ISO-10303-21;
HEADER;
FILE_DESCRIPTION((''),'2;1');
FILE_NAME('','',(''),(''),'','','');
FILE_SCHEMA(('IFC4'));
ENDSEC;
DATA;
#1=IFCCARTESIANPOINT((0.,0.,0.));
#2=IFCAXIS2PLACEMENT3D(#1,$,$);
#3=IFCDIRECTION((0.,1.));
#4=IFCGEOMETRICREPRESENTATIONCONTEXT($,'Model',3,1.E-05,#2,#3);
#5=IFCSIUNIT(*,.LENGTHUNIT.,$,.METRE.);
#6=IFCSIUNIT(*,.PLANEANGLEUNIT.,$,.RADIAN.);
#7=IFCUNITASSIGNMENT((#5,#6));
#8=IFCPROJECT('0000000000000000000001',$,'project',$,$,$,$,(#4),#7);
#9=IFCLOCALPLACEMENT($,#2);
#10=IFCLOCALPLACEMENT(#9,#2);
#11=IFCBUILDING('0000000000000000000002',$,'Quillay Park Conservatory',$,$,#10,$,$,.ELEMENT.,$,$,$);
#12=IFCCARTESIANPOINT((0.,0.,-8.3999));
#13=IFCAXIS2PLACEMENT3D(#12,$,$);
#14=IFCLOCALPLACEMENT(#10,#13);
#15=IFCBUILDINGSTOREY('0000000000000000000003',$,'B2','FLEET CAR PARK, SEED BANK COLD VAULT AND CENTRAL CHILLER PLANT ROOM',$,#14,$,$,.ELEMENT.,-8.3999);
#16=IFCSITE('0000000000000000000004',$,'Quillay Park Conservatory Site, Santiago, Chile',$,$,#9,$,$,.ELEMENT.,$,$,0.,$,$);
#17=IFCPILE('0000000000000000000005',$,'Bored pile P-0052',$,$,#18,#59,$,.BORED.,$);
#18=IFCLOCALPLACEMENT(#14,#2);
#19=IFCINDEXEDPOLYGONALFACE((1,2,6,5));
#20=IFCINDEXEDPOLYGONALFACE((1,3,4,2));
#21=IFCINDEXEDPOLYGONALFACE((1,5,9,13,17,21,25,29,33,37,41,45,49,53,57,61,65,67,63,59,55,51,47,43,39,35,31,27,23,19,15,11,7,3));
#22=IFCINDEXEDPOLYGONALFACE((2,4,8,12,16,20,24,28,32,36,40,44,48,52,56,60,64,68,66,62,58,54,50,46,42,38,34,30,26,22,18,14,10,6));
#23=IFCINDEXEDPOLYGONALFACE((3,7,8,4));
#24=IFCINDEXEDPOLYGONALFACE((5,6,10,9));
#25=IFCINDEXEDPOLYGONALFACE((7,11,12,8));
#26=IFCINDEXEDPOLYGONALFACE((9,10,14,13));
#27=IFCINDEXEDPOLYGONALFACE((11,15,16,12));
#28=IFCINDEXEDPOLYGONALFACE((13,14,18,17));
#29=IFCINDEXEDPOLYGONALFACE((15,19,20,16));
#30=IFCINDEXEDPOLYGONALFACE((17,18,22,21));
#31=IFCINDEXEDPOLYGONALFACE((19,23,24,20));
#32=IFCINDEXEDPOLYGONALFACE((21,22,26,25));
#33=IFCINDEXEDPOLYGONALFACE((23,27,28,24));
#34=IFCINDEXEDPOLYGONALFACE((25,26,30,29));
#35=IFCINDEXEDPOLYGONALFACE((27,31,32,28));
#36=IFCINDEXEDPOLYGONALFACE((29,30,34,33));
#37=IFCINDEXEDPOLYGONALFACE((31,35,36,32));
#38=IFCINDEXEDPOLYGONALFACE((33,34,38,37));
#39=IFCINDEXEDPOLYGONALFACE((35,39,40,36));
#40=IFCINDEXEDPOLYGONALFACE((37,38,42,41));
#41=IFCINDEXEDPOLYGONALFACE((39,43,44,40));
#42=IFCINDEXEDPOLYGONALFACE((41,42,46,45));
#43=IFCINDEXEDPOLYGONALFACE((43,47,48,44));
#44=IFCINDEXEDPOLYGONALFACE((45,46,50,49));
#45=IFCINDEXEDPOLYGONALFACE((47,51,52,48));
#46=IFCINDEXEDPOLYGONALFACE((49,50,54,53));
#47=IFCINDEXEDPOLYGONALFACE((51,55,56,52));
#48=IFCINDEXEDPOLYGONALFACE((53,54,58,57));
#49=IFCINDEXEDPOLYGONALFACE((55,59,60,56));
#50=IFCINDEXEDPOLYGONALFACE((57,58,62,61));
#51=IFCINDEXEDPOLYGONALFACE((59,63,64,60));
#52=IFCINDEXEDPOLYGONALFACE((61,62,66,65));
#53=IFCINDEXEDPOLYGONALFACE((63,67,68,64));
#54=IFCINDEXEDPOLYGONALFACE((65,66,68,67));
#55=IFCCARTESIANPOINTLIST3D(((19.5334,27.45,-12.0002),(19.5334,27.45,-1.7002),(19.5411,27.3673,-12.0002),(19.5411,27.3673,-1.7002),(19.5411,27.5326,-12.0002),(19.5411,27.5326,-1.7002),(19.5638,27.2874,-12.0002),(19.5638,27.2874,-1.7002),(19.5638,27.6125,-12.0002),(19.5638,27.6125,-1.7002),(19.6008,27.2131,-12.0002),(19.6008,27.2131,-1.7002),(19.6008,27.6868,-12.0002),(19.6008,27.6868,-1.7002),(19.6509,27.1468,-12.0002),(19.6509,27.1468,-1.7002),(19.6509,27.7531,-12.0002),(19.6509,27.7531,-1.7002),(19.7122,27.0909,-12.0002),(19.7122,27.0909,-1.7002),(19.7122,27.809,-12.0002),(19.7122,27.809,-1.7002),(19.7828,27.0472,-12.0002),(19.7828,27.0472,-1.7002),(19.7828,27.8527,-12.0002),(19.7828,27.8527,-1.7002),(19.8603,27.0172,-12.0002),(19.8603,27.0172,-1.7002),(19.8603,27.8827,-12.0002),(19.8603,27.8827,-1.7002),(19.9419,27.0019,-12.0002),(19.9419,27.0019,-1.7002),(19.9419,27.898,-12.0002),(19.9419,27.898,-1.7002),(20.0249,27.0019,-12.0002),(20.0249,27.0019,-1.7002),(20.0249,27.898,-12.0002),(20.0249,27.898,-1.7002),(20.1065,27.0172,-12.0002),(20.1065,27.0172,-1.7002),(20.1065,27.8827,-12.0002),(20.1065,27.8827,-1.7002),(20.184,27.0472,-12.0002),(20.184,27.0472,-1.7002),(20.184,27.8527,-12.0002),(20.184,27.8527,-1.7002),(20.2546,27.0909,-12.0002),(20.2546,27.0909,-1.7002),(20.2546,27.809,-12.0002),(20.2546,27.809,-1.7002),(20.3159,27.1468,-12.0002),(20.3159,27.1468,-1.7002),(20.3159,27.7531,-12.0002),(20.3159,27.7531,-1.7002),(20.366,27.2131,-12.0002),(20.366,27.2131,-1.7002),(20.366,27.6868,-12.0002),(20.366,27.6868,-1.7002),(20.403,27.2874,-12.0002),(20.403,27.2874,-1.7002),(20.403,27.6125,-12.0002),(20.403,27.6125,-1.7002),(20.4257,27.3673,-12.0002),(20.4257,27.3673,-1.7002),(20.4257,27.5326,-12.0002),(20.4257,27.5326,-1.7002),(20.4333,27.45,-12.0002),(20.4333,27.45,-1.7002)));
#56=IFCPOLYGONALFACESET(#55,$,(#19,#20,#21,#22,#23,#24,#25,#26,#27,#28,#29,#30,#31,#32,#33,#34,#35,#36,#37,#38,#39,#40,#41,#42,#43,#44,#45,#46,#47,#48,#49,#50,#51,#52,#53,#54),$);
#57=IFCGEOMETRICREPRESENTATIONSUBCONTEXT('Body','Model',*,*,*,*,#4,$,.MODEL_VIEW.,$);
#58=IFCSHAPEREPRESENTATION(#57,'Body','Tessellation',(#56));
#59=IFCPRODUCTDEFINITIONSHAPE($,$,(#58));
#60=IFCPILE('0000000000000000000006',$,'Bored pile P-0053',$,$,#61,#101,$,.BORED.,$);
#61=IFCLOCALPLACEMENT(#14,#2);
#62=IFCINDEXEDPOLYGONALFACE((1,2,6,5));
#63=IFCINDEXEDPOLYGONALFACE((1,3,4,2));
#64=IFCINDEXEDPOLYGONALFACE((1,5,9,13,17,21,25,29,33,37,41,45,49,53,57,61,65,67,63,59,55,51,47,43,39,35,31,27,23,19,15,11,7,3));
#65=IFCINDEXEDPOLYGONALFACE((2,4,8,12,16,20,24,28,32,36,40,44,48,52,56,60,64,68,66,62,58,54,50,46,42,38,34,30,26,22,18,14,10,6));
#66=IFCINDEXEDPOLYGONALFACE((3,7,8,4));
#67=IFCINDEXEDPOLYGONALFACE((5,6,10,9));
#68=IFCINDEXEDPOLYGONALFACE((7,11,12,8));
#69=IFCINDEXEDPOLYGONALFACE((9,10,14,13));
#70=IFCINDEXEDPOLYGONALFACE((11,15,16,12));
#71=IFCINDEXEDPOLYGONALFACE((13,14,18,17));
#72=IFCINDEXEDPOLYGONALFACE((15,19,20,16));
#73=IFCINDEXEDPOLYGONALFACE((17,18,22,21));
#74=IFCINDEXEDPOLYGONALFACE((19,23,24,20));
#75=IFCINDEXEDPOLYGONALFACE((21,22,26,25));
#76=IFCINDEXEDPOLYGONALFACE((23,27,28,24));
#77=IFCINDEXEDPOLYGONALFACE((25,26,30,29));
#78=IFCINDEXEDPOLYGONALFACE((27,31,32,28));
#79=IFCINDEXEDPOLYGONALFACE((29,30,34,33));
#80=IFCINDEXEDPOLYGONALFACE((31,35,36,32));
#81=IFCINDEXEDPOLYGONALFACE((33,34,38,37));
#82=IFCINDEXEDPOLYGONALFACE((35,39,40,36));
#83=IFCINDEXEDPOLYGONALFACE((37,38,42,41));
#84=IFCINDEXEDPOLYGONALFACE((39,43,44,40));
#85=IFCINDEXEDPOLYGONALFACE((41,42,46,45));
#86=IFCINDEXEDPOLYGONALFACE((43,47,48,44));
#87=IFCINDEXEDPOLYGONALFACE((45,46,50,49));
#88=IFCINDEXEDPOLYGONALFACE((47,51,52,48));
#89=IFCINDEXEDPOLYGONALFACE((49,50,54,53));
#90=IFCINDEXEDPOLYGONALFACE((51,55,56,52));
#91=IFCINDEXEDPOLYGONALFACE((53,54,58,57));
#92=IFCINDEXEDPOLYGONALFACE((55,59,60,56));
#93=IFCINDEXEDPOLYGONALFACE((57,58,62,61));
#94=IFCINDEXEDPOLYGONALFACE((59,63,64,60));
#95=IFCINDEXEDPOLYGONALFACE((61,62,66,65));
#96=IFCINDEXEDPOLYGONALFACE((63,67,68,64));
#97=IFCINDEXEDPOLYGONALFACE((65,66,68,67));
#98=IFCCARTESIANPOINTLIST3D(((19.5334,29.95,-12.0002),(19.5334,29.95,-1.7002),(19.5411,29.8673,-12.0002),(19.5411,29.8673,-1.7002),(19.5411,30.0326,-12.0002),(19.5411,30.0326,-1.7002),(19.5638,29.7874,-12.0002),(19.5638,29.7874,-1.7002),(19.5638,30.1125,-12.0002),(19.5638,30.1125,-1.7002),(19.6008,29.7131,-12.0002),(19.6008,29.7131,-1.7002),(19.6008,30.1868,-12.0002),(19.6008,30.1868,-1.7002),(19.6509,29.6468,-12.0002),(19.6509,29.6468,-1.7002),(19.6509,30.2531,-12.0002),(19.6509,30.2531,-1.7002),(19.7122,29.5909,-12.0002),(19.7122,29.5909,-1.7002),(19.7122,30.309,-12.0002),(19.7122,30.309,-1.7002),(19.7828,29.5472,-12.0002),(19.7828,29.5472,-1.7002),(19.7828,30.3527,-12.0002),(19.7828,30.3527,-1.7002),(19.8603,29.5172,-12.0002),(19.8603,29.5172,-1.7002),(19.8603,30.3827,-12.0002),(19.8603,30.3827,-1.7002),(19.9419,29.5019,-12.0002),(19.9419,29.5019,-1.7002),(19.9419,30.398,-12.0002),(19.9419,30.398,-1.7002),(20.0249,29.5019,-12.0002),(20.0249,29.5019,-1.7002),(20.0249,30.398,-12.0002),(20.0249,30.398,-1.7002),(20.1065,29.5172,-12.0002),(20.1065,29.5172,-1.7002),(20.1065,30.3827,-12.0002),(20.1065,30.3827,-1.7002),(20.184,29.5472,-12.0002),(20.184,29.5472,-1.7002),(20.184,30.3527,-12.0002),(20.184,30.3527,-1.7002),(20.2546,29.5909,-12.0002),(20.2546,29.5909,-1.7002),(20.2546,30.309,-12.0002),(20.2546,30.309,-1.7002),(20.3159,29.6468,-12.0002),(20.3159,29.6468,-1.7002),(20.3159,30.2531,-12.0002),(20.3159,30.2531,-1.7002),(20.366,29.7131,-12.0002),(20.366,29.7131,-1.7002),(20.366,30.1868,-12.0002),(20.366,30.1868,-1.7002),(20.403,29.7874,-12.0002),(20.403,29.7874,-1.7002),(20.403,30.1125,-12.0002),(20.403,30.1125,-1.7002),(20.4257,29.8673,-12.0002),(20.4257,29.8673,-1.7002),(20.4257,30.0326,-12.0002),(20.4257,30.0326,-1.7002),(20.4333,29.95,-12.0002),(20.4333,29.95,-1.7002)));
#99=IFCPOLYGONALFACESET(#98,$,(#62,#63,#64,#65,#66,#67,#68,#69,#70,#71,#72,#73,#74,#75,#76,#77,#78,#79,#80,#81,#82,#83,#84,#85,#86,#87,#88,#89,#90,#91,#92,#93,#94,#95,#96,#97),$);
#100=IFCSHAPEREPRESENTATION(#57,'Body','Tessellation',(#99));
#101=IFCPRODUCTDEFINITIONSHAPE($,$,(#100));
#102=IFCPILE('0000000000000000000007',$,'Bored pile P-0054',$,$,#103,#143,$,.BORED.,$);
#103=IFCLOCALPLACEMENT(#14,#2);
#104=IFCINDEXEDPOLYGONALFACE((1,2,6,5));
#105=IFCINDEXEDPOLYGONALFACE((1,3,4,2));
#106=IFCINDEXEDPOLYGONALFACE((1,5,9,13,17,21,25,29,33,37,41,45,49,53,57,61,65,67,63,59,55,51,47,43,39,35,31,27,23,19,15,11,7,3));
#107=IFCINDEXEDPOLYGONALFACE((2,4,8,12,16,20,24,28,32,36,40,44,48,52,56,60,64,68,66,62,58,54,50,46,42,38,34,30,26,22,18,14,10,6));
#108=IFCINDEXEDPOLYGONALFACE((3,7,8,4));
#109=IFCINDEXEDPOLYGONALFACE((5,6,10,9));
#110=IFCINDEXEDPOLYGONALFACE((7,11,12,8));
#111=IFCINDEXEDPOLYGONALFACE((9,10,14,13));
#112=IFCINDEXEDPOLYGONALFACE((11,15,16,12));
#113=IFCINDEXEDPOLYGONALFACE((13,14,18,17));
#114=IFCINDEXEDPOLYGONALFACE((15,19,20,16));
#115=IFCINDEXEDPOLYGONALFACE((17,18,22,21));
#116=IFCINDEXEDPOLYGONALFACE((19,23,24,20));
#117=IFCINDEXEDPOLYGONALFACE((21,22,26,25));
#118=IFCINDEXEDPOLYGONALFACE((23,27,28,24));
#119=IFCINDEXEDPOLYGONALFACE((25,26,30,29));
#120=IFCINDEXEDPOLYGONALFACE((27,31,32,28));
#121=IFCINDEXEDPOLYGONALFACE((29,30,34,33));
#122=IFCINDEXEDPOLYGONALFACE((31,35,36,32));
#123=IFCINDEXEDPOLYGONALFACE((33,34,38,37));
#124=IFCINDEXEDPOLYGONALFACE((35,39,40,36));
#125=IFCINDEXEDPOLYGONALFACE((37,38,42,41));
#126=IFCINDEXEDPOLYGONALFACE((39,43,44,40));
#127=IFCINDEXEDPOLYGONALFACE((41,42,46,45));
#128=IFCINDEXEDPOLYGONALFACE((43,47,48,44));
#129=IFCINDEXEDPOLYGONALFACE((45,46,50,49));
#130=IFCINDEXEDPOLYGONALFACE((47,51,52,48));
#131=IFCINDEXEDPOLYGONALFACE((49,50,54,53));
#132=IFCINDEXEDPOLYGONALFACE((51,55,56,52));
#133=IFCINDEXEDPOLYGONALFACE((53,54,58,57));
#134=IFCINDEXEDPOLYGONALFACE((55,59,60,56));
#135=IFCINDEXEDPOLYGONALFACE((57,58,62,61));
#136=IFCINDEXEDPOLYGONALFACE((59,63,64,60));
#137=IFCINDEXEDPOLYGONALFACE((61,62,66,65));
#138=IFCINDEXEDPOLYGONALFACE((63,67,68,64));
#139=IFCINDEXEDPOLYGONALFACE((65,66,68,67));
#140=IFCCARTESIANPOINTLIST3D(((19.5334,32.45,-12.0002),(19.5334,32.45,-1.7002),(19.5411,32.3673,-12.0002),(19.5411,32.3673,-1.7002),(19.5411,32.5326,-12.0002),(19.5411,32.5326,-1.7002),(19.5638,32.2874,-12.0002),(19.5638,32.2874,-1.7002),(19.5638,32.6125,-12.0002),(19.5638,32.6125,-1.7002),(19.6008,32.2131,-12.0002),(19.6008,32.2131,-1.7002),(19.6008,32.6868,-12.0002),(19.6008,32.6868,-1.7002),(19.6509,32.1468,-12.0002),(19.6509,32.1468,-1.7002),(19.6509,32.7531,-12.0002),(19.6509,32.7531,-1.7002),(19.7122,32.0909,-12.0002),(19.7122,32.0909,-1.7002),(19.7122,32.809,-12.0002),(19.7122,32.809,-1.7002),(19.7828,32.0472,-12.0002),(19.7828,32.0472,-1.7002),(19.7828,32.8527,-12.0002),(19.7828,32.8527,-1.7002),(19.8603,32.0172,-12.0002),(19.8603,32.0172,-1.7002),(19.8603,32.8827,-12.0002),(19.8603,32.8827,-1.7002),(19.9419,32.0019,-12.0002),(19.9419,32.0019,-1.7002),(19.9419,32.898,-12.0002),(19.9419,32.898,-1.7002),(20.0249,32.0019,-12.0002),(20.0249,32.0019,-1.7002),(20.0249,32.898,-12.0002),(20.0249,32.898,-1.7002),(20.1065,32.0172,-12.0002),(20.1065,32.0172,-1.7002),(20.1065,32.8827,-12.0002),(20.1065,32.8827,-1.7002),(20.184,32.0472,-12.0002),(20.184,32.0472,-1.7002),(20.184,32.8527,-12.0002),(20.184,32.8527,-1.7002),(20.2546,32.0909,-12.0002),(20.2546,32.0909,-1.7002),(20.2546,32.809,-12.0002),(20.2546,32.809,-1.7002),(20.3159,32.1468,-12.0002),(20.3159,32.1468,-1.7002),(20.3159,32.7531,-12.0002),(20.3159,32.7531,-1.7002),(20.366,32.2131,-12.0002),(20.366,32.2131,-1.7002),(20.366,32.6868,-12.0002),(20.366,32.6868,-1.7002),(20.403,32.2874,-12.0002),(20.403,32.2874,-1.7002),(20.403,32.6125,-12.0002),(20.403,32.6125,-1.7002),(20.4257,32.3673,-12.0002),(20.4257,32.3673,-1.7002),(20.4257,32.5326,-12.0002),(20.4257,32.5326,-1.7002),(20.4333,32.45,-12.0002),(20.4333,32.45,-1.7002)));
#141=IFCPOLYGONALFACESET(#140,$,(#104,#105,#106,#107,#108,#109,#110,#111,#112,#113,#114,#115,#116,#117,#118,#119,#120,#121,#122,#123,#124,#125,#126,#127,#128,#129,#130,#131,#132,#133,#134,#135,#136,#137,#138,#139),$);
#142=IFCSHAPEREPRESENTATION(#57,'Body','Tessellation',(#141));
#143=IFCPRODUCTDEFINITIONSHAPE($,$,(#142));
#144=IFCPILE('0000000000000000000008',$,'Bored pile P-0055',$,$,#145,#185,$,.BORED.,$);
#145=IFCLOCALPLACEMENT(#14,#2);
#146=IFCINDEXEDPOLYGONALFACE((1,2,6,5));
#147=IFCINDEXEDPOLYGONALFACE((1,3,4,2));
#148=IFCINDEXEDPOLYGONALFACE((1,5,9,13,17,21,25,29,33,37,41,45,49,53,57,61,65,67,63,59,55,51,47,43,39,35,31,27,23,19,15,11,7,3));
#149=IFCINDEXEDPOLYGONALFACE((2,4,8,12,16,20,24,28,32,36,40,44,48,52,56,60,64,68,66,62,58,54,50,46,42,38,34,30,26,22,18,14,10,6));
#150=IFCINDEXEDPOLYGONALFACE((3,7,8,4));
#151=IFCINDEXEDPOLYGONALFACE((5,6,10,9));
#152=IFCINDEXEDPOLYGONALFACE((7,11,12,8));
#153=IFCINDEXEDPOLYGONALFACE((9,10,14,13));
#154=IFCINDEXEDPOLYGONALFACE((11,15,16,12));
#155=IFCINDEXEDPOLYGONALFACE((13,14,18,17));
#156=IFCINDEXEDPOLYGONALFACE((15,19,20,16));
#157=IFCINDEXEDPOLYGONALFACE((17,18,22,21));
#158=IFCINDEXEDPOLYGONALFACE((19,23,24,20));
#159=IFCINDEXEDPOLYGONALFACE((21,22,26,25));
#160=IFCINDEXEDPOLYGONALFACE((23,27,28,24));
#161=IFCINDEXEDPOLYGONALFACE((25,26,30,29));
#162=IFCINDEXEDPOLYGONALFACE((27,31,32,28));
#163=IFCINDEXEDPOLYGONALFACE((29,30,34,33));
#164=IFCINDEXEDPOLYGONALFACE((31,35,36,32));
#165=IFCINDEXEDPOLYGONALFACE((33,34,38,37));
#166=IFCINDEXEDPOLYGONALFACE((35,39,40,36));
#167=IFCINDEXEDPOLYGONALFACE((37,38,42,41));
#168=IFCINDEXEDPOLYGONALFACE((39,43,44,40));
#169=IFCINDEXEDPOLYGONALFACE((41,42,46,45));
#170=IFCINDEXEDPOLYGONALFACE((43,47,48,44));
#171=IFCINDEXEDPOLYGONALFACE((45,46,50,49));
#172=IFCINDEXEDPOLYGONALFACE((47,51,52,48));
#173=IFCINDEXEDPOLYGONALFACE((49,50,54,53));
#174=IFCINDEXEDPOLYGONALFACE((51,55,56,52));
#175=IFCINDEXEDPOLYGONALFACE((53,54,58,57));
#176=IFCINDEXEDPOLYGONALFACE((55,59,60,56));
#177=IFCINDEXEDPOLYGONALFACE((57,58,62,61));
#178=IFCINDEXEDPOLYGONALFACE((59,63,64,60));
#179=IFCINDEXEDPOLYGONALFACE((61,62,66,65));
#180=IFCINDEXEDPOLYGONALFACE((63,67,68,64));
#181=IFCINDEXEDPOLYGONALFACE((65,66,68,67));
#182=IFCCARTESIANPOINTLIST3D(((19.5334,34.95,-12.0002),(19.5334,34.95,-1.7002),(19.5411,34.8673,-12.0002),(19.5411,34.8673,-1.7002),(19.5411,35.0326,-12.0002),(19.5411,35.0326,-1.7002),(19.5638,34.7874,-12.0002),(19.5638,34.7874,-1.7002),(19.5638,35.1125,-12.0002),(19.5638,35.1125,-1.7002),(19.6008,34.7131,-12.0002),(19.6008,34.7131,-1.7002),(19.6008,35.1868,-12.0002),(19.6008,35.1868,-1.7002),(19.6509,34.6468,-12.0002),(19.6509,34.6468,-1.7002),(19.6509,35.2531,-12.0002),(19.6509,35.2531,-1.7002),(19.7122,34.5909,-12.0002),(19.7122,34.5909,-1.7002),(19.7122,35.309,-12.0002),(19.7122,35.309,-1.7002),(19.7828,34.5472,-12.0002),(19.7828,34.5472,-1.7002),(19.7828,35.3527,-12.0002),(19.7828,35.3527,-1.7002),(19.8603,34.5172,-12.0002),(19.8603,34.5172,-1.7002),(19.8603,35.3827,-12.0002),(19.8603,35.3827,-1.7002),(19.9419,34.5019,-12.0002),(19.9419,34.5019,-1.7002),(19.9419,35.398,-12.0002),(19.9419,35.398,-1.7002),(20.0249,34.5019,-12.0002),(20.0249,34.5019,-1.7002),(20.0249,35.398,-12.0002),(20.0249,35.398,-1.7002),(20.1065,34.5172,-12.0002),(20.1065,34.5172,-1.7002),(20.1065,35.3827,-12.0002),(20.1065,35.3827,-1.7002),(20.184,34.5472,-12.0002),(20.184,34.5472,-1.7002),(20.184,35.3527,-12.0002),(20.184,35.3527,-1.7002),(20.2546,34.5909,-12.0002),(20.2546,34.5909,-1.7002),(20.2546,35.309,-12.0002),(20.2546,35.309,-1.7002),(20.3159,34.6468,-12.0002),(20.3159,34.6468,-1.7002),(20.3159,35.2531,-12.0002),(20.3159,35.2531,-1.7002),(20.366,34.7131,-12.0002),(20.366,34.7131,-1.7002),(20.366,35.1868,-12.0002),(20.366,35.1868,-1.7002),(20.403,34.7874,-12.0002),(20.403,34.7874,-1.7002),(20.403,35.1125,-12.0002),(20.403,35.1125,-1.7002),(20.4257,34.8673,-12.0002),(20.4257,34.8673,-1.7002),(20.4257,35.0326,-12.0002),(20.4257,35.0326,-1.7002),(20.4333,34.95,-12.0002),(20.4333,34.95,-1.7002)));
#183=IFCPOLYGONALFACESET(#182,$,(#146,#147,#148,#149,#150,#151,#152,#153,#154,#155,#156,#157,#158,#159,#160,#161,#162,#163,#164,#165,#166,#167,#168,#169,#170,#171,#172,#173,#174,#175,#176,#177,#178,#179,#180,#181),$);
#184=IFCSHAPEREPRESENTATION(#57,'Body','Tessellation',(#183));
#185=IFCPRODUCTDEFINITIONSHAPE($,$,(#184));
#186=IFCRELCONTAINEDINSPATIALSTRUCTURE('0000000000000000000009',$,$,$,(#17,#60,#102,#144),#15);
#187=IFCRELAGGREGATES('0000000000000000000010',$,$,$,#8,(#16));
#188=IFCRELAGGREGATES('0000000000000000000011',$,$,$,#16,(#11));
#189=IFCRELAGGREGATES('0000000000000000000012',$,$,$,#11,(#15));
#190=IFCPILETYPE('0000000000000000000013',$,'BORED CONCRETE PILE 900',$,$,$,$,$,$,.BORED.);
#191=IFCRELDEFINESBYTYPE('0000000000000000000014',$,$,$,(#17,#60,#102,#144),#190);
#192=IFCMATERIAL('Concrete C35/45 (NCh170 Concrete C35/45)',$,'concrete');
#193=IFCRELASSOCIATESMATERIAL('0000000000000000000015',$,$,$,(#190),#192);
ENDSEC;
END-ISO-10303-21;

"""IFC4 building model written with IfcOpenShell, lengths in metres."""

from ifc_helpers import new_model, si_unit, direction, frame, origin, origin_2d, place, context, subcontext, project, spatial, circle, extrude, material, material_profile, profile_set, type_object, element, save


model = new_model("IFC4")

# Units and contexts
model_context = context("Model", 3, precision=1e-05, world=origin(), true_north=direction((0.0, 1.0)))
body_context = subcontext(model_context, "Body", "Model", "MODEL_VIEW")
ifc_project = project(units=[si_unit("LENGTHUNIT", "METRE"), si_unit("PLANEANGLEUNIT", "RADIAN")], contexts=[model_context])

# Site, building, storey
site_placement = place(None, origin())
site = spatial("IfcSite", under=ifc_project, at=site_placement, Name="Quillay Park Conservatory Site, Santiago, Chile", CompositionType="ELEMENT", RefElevation=0.0)
building_placement = place(site_placement, origin())
building = spatial("IfcBuilding", under=site, at=building_placement, Name="Quillay Park Conservatory", CompositionType="ELEMENT")
storey_placement = place(building_placement, frame((0.0, 0.0, -8.3999)))
storey = spatial("IfcBuildingStorey", under=building, at=storey_placement, Name="B2", Description="FLEET CAR PARK, SEED BANK COLD VAULT AND CENTRAL CHILLER PLANT ROOM", CompositionType="ELEMENT", Elevation=-8.3999)

# Piles
ifc_material_1 = material(Name="Concrete C35/45 (NCh170 Concrete C35/45)", Category="concrete")
ifc_material_profile_1 = material_profile(ifc_material_1, circle(Radius=0.45, at=origin_2d()), Name="PILE900")
ifc_profile_set_1 = profile_set([ifc_material_profile_1], Name="Concrete C35/45 (NCh170 Concrete C35/45)")
pile_type = type_object("IfcPileType", Name="BORED CONCRETE PILE 900", PredefinedType="BORED", material=ifc_profile_set_1)
for number, where, z_axis, x_axis, name in (
    (1, (19.9834, 27.45, -1.7002), (0.0, 0.0, -1.0), (1.0, 0.0, 0.0), "Bored pile P-0052"),
    (2, (19.9834, 29.95, -1.7002), (0.0, 0.0, -1.0), (1.0, 0.0, 0.0), "Bored pile P-0053"),
    (3, (19.9834, 32.45, -1.7002), (0.0, 0.0, -1.0), (1.0, 0.0, 0.0), "Bored pile P-0054"),
    (4, (19.9834, 34.95, -1.7002), (0.0, 0.0, -1.0), (1.0, 0.0, 0.0), "Bored pile P-0055"),
):
    element("IfcPile", number, at=place(storey_placement, frame(where, z_axis=z_axis, x_axis=x_axis)), inside=storey, type_object=pile_type, Name=name, PredefinedType="BORED", context=body_context, shape_type="SweptSolid", body=[
        extrude(circle(Radius=0.45, at=origin_2d()), origin(), (0.0, 0.0, 1.0), 10.3),
    ])

save(model, "model.ifc")
